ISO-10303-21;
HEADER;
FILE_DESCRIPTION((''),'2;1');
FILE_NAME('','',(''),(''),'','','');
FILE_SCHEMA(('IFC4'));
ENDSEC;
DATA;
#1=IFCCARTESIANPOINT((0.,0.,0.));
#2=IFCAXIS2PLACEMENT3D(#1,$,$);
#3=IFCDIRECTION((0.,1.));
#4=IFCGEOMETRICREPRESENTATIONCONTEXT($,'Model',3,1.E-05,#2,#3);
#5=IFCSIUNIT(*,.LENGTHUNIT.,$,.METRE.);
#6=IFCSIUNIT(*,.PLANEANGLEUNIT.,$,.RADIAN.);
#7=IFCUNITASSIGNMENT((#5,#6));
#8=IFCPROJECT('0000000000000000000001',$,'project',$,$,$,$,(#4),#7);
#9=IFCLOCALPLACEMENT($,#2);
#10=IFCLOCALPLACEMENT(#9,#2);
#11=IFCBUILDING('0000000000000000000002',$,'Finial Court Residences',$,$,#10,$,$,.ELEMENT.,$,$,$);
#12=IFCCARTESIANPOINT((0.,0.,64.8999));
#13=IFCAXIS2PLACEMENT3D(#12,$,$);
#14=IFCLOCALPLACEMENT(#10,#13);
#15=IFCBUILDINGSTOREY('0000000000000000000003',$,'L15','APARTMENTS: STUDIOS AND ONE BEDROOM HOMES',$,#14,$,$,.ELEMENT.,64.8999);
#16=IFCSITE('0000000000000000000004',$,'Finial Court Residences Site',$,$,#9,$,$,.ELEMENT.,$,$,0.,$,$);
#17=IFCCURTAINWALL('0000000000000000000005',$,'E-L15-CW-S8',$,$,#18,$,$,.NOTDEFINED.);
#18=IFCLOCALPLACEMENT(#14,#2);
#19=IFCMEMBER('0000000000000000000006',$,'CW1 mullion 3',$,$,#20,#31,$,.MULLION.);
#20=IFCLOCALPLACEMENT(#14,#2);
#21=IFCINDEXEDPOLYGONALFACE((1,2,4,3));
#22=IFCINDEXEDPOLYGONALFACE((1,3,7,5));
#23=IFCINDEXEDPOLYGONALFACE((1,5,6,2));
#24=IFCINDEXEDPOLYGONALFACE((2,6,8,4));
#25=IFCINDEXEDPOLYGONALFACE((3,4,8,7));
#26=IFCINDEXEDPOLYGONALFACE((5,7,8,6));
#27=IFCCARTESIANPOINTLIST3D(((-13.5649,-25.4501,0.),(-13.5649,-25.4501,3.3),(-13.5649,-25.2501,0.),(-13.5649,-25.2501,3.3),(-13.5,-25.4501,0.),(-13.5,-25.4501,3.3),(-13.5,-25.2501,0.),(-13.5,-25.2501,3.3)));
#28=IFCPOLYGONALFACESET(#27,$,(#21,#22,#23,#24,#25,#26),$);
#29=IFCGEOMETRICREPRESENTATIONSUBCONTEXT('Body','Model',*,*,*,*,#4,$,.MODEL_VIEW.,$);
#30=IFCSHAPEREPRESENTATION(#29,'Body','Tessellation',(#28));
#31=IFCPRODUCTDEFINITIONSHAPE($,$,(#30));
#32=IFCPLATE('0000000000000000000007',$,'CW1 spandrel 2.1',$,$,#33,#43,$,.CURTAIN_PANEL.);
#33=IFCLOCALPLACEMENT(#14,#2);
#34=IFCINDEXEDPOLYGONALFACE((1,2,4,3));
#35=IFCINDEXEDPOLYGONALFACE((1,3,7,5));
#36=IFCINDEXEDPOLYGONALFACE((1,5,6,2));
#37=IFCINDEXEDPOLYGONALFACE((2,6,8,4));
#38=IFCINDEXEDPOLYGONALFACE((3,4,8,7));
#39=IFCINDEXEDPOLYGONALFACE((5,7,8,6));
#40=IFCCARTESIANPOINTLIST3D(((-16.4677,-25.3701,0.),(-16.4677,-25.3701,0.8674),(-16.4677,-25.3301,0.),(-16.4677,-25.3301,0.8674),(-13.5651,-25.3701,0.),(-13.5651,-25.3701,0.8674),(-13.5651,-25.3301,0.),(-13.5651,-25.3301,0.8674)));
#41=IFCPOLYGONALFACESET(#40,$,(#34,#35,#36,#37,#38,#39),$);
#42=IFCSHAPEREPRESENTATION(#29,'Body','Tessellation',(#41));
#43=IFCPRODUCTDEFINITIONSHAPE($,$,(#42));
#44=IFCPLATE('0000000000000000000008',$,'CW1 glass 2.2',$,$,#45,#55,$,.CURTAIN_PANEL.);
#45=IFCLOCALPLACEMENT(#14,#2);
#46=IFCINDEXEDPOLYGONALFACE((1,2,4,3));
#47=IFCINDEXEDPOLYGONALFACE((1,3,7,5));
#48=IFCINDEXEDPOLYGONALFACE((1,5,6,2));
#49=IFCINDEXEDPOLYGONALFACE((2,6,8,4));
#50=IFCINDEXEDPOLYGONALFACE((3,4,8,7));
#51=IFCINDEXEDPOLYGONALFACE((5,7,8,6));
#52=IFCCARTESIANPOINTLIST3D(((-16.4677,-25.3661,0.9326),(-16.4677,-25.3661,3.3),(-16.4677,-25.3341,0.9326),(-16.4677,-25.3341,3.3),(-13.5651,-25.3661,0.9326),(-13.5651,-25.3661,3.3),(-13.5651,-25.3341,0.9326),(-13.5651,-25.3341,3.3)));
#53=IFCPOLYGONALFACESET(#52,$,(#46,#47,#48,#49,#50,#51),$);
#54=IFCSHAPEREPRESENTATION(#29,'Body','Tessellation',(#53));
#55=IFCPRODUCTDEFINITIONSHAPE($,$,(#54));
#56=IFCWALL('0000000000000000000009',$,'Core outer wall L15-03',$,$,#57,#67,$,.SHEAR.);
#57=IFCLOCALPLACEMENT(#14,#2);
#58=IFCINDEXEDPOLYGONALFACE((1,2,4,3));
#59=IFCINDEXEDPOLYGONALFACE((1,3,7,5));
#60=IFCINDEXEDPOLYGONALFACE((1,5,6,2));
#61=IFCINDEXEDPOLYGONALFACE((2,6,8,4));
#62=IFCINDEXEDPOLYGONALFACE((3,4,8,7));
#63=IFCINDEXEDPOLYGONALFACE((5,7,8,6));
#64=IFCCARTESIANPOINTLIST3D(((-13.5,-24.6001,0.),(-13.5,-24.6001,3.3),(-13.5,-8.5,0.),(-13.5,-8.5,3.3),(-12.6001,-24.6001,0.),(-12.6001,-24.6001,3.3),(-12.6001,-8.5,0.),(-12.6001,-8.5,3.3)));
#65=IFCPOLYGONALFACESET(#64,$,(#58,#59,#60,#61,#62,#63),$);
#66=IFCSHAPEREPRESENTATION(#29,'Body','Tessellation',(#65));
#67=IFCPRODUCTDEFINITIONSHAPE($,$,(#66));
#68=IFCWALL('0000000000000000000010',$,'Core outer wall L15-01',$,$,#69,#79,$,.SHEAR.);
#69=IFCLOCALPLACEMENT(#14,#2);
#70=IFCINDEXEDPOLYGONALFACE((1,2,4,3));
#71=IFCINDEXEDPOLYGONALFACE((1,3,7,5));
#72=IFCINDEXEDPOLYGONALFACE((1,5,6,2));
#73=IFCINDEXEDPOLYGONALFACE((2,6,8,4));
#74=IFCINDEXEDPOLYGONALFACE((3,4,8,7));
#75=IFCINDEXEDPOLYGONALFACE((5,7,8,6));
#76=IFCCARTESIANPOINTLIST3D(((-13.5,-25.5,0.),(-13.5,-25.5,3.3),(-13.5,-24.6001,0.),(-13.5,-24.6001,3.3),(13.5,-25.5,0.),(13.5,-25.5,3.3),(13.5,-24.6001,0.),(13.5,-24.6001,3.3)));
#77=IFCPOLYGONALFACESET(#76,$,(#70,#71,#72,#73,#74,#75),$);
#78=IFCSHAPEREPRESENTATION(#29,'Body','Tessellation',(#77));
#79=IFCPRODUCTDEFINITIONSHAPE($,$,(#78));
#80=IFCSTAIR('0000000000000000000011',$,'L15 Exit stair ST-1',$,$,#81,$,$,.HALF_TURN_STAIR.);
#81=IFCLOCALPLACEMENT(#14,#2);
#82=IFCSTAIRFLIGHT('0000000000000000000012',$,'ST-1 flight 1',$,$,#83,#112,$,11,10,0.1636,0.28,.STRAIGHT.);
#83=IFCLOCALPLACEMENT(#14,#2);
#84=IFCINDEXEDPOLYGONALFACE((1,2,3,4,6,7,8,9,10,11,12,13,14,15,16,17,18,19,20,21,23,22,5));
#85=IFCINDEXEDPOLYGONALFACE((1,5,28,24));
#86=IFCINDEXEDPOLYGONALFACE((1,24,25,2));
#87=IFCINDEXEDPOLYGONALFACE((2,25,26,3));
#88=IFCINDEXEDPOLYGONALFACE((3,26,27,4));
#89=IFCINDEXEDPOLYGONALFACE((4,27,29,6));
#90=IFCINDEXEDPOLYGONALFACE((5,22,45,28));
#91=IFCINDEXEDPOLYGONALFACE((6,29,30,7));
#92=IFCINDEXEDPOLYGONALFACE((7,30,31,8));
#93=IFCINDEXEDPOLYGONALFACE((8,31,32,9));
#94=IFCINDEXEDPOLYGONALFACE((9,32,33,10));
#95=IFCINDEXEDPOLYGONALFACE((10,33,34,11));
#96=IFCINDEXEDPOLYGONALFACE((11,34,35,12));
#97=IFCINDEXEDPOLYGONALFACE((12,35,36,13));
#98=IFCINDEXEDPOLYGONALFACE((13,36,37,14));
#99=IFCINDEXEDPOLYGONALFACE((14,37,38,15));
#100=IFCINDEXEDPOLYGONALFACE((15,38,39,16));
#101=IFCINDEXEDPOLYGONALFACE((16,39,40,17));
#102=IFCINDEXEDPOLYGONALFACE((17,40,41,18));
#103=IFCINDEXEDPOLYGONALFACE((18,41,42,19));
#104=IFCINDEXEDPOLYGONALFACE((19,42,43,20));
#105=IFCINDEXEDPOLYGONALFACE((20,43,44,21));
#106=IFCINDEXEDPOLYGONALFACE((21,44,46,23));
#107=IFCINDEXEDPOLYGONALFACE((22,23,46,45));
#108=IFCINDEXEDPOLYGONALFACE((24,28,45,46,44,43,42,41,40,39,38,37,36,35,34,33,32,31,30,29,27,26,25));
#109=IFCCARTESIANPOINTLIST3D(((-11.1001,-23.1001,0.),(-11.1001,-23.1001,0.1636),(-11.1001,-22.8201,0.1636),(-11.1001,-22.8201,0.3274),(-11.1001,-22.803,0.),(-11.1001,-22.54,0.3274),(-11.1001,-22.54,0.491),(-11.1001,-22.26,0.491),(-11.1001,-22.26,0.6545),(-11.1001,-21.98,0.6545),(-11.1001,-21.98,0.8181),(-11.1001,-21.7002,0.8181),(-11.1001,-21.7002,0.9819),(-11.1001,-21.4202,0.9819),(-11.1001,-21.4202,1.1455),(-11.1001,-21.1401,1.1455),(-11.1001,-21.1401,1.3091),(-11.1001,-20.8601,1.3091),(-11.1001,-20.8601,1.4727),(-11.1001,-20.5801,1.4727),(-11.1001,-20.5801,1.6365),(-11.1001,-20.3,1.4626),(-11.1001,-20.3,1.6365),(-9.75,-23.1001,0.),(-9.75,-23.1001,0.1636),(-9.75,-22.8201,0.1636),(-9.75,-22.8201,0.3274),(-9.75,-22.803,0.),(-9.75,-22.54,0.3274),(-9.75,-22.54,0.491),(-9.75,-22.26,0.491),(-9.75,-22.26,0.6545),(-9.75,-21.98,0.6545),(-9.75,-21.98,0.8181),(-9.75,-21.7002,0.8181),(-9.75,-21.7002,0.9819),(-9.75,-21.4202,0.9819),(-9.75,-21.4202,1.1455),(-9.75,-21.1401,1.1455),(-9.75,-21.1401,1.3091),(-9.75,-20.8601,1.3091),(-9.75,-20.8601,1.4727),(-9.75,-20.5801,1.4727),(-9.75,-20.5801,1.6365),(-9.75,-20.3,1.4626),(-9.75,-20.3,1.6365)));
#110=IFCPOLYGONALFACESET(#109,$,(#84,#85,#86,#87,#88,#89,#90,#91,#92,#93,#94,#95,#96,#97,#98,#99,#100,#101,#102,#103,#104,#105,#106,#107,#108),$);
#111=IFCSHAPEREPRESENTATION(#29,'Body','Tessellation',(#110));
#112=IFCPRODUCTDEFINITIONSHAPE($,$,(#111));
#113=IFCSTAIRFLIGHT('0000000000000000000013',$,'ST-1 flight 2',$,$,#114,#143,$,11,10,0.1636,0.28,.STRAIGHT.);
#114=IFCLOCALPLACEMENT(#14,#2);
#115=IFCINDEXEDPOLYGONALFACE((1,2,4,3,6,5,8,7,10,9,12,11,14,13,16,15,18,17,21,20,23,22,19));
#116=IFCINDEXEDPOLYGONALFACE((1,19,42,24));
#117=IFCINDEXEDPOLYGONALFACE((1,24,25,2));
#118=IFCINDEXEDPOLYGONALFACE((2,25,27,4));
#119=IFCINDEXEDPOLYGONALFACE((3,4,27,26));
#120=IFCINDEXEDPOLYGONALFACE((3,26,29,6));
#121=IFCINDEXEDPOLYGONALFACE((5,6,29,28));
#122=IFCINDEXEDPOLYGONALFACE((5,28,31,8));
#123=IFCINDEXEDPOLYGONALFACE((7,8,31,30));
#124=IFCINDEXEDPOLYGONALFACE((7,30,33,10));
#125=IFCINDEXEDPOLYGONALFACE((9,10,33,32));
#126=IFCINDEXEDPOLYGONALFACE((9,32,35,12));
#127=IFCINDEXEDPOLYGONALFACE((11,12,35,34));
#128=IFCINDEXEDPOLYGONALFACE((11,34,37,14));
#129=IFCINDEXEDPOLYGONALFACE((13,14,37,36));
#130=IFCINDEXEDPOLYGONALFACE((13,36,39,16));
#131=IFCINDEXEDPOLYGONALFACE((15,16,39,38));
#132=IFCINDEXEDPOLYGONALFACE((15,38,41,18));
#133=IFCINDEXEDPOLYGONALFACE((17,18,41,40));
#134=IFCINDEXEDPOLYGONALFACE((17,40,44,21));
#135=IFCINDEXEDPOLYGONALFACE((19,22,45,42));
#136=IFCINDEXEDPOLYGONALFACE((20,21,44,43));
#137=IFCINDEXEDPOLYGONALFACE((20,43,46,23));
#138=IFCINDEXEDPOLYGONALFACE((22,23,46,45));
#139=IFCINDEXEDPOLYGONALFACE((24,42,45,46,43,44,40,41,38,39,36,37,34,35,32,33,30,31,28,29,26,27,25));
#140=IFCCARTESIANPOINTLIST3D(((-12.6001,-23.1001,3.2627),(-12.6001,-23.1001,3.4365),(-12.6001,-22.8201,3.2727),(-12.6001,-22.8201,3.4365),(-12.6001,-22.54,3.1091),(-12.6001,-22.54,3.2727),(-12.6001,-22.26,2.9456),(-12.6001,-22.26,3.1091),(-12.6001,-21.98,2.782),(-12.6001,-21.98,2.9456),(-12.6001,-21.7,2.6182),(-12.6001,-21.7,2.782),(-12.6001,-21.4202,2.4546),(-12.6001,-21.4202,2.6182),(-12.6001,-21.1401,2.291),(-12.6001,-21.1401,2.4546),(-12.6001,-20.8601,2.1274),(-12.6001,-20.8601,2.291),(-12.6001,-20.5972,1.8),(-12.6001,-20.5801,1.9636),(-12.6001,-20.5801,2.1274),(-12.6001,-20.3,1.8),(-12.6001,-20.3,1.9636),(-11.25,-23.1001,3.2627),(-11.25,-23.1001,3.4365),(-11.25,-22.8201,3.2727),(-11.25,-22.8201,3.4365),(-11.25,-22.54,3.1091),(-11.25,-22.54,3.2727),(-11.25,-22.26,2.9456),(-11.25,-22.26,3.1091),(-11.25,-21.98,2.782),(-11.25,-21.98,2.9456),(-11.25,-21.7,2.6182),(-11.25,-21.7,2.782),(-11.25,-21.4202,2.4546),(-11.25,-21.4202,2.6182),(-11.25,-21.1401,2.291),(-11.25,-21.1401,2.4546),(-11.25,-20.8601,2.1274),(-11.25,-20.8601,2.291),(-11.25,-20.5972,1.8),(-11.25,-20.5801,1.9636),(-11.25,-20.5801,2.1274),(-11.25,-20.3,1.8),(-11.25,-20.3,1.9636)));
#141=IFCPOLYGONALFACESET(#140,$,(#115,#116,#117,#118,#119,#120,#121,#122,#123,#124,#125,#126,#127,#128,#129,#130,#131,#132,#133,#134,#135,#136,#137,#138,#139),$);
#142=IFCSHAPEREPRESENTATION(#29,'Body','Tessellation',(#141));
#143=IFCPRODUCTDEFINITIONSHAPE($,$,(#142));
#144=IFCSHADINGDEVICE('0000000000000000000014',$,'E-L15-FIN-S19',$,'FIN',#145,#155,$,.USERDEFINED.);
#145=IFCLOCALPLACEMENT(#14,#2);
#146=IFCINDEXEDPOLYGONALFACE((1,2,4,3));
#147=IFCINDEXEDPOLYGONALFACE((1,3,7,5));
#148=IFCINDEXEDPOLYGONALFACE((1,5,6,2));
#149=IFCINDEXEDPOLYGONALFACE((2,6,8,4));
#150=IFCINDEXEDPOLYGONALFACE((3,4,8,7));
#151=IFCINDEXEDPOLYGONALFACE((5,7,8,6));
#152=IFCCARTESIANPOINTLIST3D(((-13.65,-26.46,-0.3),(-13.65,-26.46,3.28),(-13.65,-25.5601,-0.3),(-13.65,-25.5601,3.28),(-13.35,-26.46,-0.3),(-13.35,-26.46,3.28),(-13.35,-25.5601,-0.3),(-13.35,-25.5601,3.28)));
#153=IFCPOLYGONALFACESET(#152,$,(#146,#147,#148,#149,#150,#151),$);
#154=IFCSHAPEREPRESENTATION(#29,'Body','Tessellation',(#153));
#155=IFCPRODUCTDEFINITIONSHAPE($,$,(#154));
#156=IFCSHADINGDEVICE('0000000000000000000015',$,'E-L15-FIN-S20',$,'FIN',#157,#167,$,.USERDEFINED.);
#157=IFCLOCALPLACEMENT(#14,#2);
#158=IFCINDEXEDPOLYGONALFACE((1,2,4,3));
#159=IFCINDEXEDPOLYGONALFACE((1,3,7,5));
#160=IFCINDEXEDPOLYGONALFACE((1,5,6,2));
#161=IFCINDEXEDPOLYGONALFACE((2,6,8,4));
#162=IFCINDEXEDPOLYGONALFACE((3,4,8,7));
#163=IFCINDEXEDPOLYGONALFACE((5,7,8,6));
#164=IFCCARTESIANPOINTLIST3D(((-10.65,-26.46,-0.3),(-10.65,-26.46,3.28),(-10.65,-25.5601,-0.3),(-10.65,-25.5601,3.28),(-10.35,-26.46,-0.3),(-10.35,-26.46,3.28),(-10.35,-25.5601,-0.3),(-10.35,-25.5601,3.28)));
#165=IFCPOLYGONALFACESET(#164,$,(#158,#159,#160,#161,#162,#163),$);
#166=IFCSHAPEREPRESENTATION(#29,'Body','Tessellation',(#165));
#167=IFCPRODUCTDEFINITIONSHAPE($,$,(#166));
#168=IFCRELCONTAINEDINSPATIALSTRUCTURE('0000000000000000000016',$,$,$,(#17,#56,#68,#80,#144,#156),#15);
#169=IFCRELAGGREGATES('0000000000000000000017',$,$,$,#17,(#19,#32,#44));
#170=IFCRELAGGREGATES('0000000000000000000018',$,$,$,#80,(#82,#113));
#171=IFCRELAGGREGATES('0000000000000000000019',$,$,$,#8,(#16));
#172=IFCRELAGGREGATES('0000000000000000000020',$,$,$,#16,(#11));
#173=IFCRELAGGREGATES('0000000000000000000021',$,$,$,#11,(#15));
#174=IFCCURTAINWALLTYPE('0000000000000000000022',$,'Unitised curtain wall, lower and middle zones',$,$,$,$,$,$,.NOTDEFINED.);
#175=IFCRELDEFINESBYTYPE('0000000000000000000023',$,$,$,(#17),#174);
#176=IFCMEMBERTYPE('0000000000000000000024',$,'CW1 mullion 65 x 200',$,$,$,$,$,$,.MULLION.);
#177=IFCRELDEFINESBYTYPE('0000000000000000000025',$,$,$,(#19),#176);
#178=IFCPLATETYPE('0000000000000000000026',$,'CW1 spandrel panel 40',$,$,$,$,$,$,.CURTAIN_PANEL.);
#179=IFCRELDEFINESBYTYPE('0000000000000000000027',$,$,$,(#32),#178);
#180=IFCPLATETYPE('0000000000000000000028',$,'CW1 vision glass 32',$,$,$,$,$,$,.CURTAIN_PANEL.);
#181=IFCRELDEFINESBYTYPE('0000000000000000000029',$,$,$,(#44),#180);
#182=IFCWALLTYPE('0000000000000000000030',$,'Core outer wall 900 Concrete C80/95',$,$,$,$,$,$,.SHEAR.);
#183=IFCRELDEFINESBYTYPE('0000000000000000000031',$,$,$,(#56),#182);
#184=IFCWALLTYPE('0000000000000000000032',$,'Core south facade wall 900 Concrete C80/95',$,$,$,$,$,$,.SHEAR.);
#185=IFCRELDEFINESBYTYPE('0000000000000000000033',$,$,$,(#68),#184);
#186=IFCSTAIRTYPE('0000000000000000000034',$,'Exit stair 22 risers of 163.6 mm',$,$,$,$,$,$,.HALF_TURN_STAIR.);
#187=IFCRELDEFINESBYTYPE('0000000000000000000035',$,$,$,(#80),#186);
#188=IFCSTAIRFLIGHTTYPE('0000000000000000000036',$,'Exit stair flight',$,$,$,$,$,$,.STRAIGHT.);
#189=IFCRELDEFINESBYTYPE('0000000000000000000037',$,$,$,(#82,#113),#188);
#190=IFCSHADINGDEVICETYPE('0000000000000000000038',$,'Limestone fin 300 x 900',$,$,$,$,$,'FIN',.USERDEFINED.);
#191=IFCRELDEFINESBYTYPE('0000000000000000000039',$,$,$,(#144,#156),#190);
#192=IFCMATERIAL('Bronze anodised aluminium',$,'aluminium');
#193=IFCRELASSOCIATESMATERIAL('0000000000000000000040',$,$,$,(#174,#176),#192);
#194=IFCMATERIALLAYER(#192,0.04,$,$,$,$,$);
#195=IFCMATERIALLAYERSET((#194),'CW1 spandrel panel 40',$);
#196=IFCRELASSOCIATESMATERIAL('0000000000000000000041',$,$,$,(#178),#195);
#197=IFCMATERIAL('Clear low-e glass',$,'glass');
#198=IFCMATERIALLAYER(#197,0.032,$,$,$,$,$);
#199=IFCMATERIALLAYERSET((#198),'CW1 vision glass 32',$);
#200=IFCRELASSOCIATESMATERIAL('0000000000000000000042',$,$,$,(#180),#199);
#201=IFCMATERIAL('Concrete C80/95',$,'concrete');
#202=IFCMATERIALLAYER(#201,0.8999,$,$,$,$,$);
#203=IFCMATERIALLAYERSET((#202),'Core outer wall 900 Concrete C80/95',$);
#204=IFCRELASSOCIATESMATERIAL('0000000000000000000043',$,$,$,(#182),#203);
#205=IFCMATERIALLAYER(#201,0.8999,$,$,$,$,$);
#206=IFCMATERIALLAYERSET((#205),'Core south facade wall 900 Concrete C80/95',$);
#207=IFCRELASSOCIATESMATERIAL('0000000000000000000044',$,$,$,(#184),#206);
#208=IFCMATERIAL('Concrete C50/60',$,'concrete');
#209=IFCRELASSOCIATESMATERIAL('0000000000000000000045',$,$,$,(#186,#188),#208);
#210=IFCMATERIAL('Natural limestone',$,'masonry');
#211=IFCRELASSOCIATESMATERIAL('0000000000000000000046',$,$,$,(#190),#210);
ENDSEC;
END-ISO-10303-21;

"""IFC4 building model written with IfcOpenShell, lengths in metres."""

from ifc_helpers import new_model, si_unit, direction, frame, frame_2d, origin, origin_2d, place, context, subcontext, project, spatial, polyline, rectangle, outline, extrude, material, layer, layer_set, material_profile, profile_set, type_object, element, aggregate, save


model = new_model("IFC4")

# Units and contexts
model_context = context("Model", 3, precision=1e-05, world=origin(), true_north=direction((0.0, 1.0)))
body_context = subcontext(model_context, "Body", "Model", "MODEL_VIEW")
ifc_project = project(units=[si_unit("LENGTHUNIT", "METRE"), si_unit("PLANEANGLEUNIT", "RADIAN")], contexts=[model_context])

# Site, building, storey
site_placement = place(None, origin())
site = spatial("IfcSite", under=ifc_project, at=site_placement, Name="Finial Court Residences Site", CompositionType="ELEMENT", RefElevation=0.0)
building_placement = place(site_placement, origin())
building = spatial("IfcBuilding", under=site, at=building_placement, Name="Finial Court Residences", CompositionType="ELEMENT")
storey_placement = place(building_placement, frame((0.0, 0.0, 64.8999)))
storey = spatial("IfcBuildingStorey", under=building, at=storey_placement, Name="L15", Description="APARTMENTS: STUDIOS AND ONE BEDROOM HOMES", CompositionType="ELEMENT", Elevation=64.8999)

# Curtain wall, member, plates
ifc_material_1 = material(Name="Bronze anodised aluminium", Category="aluminium")
curtain_wall_type = type_object("IfcCurtainWallType", Name="Unitised curtain wall, lower and middle zones", PredefinedType="NOTDEFINED", material=ifc_material_1)
curtain_wall_placement = place(storey_placement, origin())
curtain_wall = element("IfcCurtainWall", 1, at=curtain_wall_placement, inside=storey, type_object=curtain_wall_type, Name="E-L15-CW-S8", PredefinedType="NOTDEFINED")
ifc_material_profile = material_profile(ifc_material_1, rectangle(XDim=0.2, YDim=0.0649, at=origin_2d()), Name="CW1 mullion 65 x 200")
ifc_profile_set = profile_set([ifc_material_profile], Name="Bronze anodised aluminium")
member_type = type_object("IfcMemberType", Name="CW1 mullion 65 x 200", PredefinedType="MULLION", material=ifc_profile_set)
member_placement = place(storey_placement, frame((-13.5325, -25.3501, 0.0), z_axis=(0.0, 0.0, 1.0), x_axis=(0.0, 1.0, 0.0)))
member = element("IfcMember", 2, at=member_placement, type_object=member_type, Name="CW1 mullion 3", PredefinedType="MULLION", context=body_context, shape_type="SweptSolid", body=[
    extrude(rectangle(XDim=0.2, YDim=0.0649, at=origin_2d()), origin(), (0.0, 0.0, 1.0), 3.3),
])
ifc_layer_1 = layer(ifc_material_1, 0.04)
ifc_layer_set_1 = layer_set([ifc_layer_1], Name="CW1 spandrel panel 40")
plate_type_1 = type_object("IfcPlateType", Name="CW1 spandrel panel 40", PredefinedType="CURTAIN_PANEL", material=ifc_layer_set_1)
plate_1_placement = place(storey_placement, frame((-15.0164, -25.3501, 0.0), z_axis=(0.0, 0.0, 1.0), x_axis=(1.0, 0.0, 0.0)))
plate_1 = element("IfcPlate", 3, at=plate_1_placement, type_object=plate_type_1, Name="CW1 spandrel 2.1", PredefinedType="CURTAIN_PANEL", context=body_context, shape_type="SweptSolid", body=[
    extrude(rectangle(XDim=2.9026, YDim=0.04, at=origin_2d()), origin(), (0.0, 0.0, 1.0), 0.8674),
])
ifc_material_2 = material(Name="Clear low-e glass", Category="glass")
ifc_layer_2 = layer(ifc_material_2, 0.032)
ifc_layer_set_2 = layer_set([ifc_layer_2], Name="CW1 vision glass 32")
plate_type_2 = type_object("IfcPlateType", Name="CW1 vision glass 32", PredefinedType="CURTAIN_PANEL", material=ifc_layer_set_2)
plate_2_placement = place(storey_placement, frame((-15.0164, -25.3501, 0.9326), z_axis=(0.0, 0.0, 1.0), x_axis=(1.0, 0.0, 0.0)))
plate_2 = element("IfcPlate", 4, at=plate_2_placement, type_object=plate_type_2, Name="CW1 glass 2.2", PredefinedType="CURTAIN_PANEL", context=body_context, shape_type="SweptSolid", body=[
    extrude(rectangle(XDim=2.9026, YDim=0.032, at=origin_2d()), origin(), (0.0, 0.0, 1.0), 2.3674),
])
aggregate(curtain_wall, [member, plate_1, plate_2])

# Walls
ifc_material_3 = material(Name="Concrete C80/95", Category="concrete")
ifc_layer_3 = layer(ifc_material_3, 0.8999)
ifc_layer_set_3 = layer_set([ifc_layer_3], Name="Core outer wall 900 Concrete C80/95")
wall_type_1 = type_object("IfcWallType", Name="Core outer wall 900 Concrete C80/95", PredefinedType="SHEAR", material=ifc_layer_set_3)
wall_1_placement = place(storey_placement, frame((-13.05, -24.6001, 0.0), z_axis=(0.0, 0.0, 1.0), x_axis=(0.0, 1.0, 0.0)))
element("IfcWall", 5, at=wall_1_placement, inside=storey, type_object=wall_type_1, Name="Core outer wall L15-03", PredefinedType="SHEAR", context=body_context, shape_type="SweptSolid", body=[
    extrude(rectangle(XDim=16.1001, YDim=0.8999, at=frame_2d((8.05, 0.0))), origin(), (0.0, 0.0, 1.0), 3.3),
])
ifc_layer_4 = layer(ifc_material_3, 0.8999)
ifc_layer_set_4 = layer_set([ifc_layer_4], Name="Core south facade wall 900 Concrete C80/95")
wall_type_2 = type_object("IfcWallType", Name="Core south facade wall 900 Concrete C80/95", PredefinedType="SHEAR", material=ifc_layer_set_4)
wall_2_placement = place(storey_placement, frame((-13.5, -25.05, 0.0), z_axis=(0.0, 0.0, 1.0), x_axis=(1.0, 0.0, 0.0)))
element("IfcWall", 6, at=wall_2_placement, inside=storey, type_object=wall_type_2, Name="Core outer wall L15-01", PredefinedType="SHEAR", context=body_context, shape_type="SweptSolid", body=[
    extrude(rectangle(XDim=27.0, YDim=0.8999, at=frame_2d((13.5, 0.0))), origin(), (0.0, 0.0, 1.0), 3.3),
])

# Stair, stair flights
ifc_material_4 = material(Name="Concrete C50/60", Category="concrete")
stair_type = type_object("IfcStairType", Name="Exit stair 22 risers of 163.6 mm", PredefinedType="HALF_TURN_STAIR", material=ifc_material_4)
stair_placement = place(storey_placement, origin())
stair = element("IfcStair", 7, at=stair_placement, inside=storey, type_object=stair_type, Name="L15 Exit stair ST-1", PredefinedType="HALF_TURN_STAIR")
stair_flight_type = type_object("IfcStairFlightType", Name="Exit stair flight", PredefinedType="STRAIGHT", material=ifc_material_4)
stair_flight_1_placement = place(storey_placement, frame((-10.425, -23.1001, 0.0), z_axis=(0.0, 0.0, 1.0), x_axis=(0.0, 1.0, 0.0)))
stair_flight_1 = element("IfcStairFlight", 8, at=stair_flight_1_placement, type_object=stair_flight_type, Name="ST-1 flight 1", NumberOfRisers=11, NumberOfTreads=10, PredefinedType="STRAIGHT", RiserHeight=0.1636, TreadLength=0.28, context=body_context, shape_type="SweptSolid", body=[
    extrude(outline(polyline([(0.0, 0.0), (0.0, 0.1636), (0.28, 0.1636), (0.28, 0.3274), (0.5601, 0.3274), (0.5601, 0.491), (0.8401, 0.491), (0.8401, 0.6545), (1.1201, 0.6545), (1.1201, 0.8181), (1.3999, 0.8181), (1.3999, 0.9819), (1.6799, 0.9819), (1.6799, 1.1455), (1.96, 1.1455), (1.96, 1.3091), (2.24, 1.3091), (2.24, 1.4727), (2.52, 1.4727), (2.52, 1.6365), (2.8, 1.6365), (2.8, 1.8), (2.8, 1.4626), (0.2971, 0.0), (0.0, 0.0)])), frame((0.0, 0.675, 0.0), z_axis=(0.0, -1.0, 0.0), x_axis=(1.0, 0.0, 0.0)), (0.0, 0.0, 1.0), 1.3501),
])
stair_flight_2_placement = place(storey_placement, frame((-11.925, -20.3, 1.8), z_axis=(0.0, 0.0, 1.0), x_axis=(0.0, -1.0, 0.0)))
stair_flight_2 = element("IfcStairFlight", 9, at=stair_flight_2_placement, type_object=stair_flight_type, Name="ST-1 flight 2", NumberOfRisers=11, NumberOfTreads=10, PredefinedType="STRAIGHT", RiserHeight=0.1636, TreadLength=0.28, context=body_context, shape_type="SweptSolid", body=[
    extrude(outline(polyline([(0.0, 0.0), (0.0, 0.1636), (0.28, 0.1636), (0.28, 0.3274), (0.5601, 0.3274), (0.5601, 0.491), (0.8401, 0.491), (0.8401, 0.6545), (1.1201, 0.6545), (1.1201, 0.8181), (1.3999, 0.8181), (1.3999, 0.9819), (1.6799, 0.9819), (1.6799, 1.1455), (1.96, 1.1455), (1.96, 1.3091), (2.24, 1.3091), (2.24, 1.4727), (2.52, 1.4727), (2.52, 1.6365), (2.8, 1.6365), (2.8, 1.8), (2.8, 1.4626), (0.2971, 0.0), (0.0, 0.0)])), frame((0.0, 0.675, 0.0), z_axis=(0.0, -1.0, 0.0), x_axis=(1.0, 0.0, 0.0)), (0.0, 0.0, 1.0), 1.3501),
])
aggregate(stair, [stair_flight_1, stair_flight_2])

# Shading devices
ifc_material_5 = material(Name="Natural limestone", Category="masonry")
shading_device_type = type_object("IfcShadingDeviceType", Name="Limestone fin 300 x 900", ElementType="FIN", PredefinedType="USERDEFINED", material=ifc_material_5)
for number, where, z_axis, x_axis, name in (
    (10, (-13.5, -26.01, -0.3), (0.0, 0.0, 1.0), (1.0, 0.0, 0.0), "E-L15-FIN-S19"),
    (11, (-10.5, -26.01, -0.3), (0.0, 0.0, 1.0), (1.0, 0.0, 0.0), "E-L15-FIN-S20"),
):
    element("IfcShadingDevice", number, at=place(storey_placement, frame(where, z_axis=z_axis, x_axis=x_axis)), inside=storey, type_object=shading_device_type, Name=name, ObjectType="FIN", PredefinedType="USERDEFINED", context=body_context, shape_type="SweptSolid", body=[
        extrude(rectangle(XDim=0.3, YDim=0.8999, at=origin_2d()), origin(), (0.0, 0.0, 1.0), 3.5801),
    ])

save(model, "model.ifc")
